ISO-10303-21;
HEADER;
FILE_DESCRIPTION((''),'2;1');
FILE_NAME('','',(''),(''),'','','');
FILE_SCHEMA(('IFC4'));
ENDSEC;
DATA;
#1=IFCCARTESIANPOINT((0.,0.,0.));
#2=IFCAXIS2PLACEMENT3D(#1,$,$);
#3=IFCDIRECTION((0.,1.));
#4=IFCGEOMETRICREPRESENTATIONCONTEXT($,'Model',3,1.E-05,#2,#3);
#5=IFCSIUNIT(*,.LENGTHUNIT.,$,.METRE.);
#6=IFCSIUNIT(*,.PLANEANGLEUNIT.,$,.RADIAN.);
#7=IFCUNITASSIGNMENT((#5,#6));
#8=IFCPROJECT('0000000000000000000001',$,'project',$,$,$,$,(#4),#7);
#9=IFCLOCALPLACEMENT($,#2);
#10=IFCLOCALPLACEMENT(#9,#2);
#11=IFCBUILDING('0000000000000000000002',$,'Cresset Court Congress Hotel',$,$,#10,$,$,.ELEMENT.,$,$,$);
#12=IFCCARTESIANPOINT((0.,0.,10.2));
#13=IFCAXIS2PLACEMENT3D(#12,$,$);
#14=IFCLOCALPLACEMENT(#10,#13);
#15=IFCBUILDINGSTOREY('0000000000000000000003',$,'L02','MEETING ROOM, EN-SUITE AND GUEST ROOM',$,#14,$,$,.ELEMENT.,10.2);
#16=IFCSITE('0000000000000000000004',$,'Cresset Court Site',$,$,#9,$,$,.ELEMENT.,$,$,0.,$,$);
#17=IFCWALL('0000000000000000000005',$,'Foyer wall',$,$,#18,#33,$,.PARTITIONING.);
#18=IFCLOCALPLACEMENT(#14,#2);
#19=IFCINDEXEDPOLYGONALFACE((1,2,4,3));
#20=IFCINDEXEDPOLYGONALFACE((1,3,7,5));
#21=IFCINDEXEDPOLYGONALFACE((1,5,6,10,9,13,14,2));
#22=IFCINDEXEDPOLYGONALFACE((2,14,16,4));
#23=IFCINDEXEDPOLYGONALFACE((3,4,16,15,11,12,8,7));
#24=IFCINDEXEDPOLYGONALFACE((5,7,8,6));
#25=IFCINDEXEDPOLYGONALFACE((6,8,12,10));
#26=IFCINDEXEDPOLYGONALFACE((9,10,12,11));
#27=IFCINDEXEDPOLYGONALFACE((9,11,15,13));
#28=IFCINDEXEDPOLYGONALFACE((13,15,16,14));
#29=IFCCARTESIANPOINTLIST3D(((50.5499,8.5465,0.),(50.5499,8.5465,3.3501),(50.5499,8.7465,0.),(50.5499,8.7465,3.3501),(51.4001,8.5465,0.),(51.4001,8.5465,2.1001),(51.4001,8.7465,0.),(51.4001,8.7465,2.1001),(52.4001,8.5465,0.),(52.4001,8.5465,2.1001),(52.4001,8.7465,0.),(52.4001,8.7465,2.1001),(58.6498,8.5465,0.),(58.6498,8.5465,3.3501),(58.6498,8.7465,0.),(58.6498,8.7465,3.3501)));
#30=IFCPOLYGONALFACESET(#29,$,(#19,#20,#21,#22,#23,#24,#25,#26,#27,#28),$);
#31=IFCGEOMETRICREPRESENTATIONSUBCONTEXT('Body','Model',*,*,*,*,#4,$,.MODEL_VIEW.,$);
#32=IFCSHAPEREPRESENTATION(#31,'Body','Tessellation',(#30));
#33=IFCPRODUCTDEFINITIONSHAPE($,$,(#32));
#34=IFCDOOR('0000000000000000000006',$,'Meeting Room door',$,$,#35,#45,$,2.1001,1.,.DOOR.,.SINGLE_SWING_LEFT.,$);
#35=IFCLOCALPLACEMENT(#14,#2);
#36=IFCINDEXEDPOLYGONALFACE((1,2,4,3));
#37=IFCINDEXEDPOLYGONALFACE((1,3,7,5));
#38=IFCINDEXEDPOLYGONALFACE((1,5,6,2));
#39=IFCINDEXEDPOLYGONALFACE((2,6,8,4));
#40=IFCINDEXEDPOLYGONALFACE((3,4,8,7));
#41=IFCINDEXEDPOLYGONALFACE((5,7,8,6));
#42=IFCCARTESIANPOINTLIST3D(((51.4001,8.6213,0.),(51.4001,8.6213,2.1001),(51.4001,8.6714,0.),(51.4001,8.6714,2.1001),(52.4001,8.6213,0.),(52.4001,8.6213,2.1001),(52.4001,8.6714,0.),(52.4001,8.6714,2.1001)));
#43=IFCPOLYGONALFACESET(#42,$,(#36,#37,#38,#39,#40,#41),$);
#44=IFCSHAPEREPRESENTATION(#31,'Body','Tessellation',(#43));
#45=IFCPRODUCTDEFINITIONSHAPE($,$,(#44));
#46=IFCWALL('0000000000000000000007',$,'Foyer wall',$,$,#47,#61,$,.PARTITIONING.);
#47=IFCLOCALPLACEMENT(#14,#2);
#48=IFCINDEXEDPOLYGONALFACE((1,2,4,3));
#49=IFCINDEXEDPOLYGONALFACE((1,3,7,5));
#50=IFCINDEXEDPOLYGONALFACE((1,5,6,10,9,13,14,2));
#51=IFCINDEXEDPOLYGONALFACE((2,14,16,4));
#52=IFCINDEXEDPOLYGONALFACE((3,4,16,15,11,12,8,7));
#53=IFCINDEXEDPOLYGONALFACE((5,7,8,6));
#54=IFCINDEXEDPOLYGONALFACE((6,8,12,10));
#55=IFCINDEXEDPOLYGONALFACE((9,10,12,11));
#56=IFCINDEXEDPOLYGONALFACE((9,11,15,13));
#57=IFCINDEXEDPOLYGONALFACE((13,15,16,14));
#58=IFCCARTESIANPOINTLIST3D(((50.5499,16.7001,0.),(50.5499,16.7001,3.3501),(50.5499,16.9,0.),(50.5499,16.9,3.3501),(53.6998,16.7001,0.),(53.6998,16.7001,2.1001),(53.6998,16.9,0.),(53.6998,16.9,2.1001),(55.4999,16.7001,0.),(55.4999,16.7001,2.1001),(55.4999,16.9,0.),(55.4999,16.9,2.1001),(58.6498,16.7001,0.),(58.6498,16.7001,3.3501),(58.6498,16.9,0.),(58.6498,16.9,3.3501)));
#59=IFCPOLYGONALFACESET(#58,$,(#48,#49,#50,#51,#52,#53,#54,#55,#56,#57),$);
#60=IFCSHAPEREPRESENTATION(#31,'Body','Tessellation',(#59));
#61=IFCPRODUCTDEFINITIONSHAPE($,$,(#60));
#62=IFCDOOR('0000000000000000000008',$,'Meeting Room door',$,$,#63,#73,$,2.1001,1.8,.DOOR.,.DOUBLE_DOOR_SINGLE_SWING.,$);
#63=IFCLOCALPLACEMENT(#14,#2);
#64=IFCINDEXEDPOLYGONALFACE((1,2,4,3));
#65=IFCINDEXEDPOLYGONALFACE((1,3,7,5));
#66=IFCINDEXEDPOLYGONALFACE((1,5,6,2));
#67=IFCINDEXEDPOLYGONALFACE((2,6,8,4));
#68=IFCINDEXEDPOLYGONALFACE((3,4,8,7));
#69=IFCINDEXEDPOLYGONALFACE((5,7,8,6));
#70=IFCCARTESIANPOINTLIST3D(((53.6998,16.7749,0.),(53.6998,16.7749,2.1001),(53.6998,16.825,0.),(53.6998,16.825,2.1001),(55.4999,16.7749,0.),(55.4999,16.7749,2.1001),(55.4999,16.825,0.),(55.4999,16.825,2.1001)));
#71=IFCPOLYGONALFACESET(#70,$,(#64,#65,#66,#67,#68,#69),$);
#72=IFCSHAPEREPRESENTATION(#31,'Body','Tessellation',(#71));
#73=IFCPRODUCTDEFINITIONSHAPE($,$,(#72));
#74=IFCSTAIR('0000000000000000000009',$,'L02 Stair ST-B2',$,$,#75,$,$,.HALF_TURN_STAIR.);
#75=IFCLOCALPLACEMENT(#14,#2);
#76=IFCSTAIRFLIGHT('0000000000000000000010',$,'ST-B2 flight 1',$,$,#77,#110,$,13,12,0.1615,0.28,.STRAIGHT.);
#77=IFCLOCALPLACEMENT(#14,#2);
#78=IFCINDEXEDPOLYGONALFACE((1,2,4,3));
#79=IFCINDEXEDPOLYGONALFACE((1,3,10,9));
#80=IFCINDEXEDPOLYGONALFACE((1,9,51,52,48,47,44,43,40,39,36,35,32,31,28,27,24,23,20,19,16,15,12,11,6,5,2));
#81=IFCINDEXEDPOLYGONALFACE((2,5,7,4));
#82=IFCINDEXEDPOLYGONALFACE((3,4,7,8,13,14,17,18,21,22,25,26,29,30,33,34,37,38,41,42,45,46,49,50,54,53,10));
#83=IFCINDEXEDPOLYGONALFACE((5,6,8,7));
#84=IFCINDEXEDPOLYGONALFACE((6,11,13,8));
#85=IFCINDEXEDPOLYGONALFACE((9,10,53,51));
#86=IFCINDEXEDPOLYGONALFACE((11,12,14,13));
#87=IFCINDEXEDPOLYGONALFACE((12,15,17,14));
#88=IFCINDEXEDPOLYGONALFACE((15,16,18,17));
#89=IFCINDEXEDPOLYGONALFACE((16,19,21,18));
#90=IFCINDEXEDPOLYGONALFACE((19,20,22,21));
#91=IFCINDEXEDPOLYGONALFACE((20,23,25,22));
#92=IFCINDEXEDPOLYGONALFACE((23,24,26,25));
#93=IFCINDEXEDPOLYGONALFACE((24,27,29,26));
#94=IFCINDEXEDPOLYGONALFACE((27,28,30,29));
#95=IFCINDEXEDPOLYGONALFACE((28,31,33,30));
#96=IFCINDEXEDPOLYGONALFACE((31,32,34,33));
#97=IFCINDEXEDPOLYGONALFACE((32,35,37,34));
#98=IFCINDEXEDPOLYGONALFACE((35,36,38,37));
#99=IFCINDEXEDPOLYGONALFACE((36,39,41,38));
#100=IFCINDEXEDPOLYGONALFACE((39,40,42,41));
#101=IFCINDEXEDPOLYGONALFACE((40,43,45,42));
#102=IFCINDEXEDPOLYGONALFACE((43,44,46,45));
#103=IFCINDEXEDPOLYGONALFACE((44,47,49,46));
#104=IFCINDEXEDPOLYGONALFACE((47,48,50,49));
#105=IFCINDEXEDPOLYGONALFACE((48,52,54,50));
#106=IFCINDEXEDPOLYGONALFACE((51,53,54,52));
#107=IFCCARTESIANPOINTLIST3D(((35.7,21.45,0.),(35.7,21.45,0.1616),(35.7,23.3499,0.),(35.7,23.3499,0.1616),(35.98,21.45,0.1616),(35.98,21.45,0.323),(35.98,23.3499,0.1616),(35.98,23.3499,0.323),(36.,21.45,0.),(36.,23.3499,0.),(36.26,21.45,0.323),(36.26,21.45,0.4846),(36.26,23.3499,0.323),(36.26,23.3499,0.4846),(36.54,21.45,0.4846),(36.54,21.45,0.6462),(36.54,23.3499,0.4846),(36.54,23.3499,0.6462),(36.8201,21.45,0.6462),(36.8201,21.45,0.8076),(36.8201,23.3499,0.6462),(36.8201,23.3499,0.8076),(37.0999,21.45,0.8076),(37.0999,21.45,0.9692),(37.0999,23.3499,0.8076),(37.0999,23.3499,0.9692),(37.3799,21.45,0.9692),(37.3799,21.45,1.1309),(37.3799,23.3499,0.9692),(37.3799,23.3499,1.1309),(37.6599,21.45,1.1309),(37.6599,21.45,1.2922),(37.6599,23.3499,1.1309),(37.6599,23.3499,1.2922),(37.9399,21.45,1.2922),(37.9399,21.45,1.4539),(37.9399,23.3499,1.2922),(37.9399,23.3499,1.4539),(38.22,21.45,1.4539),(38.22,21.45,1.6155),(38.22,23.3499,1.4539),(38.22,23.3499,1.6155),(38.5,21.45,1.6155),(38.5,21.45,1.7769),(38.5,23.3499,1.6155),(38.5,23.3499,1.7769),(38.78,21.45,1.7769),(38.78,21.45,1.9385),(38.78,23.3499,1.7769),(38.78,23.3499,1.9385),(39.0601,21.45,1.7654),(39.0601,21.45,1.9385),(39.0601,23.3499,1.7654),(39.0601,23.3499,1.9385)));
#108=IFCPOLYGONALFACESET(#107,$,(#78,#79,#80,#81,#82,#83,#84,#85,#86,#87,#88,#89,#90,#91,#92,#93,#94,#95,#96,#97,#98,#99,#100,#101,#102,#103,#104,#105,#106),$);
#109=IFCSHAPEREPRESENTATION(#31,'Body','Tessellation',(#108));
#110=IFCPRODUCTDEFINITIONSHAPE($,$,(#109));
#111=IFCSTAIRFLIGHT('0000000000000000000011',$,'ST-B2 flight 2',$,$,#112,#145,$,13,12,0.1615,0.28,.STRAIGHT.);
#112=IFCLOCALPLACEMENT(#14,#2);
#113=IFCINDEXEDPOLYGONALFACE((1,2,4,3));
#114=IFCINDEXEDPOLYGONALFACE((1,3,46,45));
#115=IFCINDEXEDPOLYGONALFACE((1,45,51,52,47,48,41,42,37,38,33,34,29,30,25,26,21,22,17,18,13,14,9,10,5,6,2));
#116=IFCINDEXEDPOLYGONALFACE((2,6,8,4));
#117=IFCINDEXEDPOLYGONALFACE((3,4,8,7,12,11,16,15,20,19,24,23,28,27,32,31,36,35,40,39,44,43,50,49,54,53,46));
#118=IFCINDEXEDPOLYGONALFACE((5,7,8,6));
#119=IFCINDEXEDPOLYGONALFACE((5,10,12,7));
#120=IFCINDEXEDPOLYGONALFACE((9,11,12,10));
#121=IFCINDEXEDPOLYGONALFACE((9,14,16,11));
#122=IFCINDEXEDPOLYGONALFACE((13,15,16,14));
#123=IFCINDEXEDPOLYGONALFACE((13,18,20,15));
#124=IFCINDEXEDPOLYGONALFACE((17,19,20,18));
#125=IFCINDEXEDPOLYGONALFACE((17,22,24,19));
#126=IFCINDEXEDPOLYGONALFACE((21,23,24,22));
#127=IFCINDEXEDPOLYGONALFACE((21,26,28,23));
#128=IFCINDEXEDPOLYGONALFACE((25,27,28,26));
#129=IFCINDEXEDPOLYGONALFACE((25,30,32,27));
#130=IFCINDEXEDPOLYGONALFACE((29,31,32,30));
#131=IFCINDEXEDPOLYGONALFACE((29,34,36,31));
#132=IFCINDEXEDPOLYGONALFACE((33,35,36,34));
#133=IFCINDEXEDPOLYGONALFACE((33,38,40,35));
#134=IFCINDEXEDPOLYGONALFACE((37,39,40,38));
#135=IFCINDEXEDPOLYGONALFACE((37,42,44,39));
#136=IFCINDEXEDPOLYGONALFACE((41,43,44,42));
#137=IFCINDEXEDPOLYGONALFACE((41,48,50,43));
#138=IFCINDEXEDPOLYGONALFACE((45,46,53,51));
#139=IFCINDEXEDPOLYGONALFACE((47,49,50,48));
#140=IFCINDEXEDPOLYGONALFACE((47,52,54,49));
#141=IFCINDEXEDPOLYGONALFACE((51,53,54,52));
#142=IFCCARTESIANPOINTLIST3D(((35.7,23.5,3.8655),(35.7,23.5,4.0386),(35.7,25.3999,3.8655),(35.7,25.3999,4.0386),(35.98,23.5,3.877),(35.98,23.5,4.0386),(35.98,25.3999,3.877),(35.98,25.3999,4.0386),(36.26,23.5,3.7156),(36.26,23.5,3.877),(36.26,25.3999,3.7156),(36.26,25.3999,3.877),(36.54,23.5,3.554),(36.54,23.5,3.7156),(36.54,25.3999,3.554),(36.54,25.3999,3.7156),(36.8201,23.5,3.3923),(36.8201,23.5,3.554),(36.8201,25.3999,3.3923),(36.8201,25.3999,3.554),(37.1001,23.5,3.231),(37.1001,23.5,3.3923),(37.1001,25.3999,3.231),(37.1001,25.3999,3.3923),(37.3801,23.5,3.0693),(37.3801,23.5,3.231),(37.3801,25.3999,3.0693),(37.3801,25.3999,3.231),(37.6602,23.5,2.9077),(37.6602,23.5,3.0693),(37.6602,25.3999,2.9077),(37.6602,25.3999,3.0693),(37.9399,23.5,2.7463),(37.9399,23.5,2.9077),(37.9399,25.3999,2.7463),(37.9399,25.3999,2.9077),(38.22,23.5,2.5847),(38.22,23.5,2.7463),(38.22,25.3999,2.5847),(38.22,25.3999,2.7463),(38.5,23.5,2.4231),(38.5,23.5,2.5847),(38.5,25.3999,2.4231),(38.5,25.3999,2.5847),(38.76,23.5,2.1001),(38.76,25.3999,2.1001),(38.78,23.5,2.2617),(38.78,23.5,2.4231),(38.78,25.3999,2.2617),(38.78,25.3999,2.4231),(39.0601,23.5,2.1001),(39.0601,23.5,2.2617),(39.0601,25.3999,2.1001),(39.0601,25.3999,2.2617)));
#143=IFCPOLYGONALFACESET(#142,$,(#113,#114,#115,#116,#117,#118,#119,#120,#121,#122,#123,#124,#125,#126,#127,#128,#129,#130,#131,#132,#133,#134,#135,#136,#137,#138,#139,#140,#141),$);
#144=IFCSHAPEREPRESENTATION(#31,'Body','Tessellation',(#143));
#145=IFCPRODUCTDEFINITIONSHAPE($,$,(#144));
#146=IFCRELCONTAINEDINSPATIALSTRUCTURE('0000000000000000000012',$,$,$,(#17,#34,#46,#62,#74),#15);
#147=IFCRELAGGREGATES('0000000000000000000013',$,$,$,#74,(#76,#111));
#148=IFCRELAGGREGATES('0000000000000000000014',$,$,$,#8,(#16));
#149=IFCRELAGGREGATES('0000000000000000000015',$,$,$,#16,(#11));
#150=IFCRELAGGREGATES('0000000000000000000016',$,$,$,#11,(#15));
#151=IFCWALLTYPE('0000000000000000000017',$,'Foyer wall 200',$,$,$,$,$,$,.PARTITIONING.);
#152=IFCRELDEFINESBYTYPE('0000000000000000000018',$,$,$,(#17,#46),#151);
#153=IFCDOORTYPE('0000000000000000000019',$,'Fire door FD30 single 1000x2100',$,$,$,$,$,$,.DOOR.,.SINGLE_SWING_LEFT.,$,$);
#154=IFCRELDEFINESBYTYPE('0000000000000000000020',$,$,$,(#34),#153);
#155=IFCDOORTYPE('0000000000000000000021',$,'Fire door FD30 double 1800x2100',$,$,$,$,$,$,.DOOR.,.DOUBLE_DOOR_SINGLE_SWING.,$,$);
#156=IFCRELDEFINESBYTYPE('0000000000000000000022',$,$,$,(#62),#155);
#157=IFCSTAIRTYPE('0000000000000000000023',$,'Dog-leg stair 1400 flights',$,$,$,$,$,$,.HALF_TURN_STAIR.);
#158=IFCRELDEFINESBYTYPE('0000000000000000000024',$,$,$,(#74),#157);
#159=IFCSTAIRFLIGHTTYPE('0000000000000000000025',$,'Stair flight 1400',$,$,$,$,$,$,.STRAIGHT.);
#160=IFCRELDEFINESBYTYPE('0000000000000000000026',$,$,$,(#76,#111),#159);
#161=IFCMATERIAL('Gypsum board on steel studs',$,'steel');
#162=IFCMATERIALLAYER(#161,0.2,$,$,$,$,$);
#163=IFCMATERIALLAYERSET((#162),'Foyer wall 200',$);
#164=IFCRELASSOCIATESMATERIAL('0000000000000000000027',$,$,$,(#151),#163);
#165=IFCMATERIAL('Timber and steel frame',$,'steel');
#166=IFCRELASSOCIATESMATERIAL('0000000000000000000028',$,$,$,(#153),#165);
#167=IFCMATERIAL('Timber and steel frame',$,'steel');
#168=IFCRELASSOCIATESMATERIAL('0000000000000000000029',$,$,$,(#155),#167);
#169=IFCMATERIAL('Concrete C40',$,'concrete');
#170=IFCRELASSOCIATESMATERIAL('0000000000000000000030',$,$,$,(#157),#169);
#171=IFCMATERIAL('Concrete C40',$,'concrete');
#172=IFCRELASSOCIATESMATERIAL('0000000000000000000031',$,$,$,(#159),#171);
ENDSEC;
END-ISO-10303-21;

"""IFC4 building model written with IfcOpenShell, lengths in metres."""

from ifc_helpers import new_model, si_unit, direction, frame, frame_2d, origin, place, context, subcontext, project, spatial, polyline, rectangle, outline, extrude, material, layer, layer_set, type_object, element, fill, aggregate, save


model = new_model("IFC4")

# Units and contexts
model_context = context("Model", 3, precision=1e-05, world=origin(), true_north=direction((0.0, 1.0)))
body_context = subcontext(model_context, "Body", "Model", "MODEL_VIEW")
ifc_project = project(units=[si_unit("LENGTHUNIT", "METRE"), si_unit("PLANEANGLEUNIT", "RADIAN")], contexts=[model_context])

# Site, building, storey
site_placement = place(None, origin())
site = spatial("IfcSite", under=ifc_project, at=site_placement, Name="Cresset Court Site", CompositionType="ELEMENT", RefElevation=0.0)
building_placement = place(site_placement, origin())
building = spatial("IfcBuilding", under=site, at=building_placement, Name="Cresset Court Congress Hotel", CompositionType="ELEMENT")
storey_placement = place(building_placement, frame((0.0, 0.0, 10.2)))
storey = spatial("IfcBuildingStorey", under=building, at=storey_placement, Name="L02", Description="MEETING ROOM, EN-SUITE AND GUEST ROOM", CompositionType="ELEMENT", Elevation=10.2)

# Walls, openings, doors
ifc_material_1 = material(Name="Gypsum board on steel studs", Category="steel")
ifc_layer_1 = layer(ifc_material_1, 0.2)
ifc_layer_set_1 = layer_set([ifc_layer_1], Name="Foyer wall 200")
wall_type_1 = type_object("IfcWallType", Name="Foyer wall 200", PredefinedType="PARTITIONING", material=ifc_layer_set_1)
wall_1_placement = place(storey_placement, frame((50.55, 8.6465, 0.0), z_axis=(0.0, 0.0, 1.0), x_axis=(1.0, 0.0, 0.0)))
wall_1 = element("IfcWall", 1, at=wall_1_placement, inside=storey, type_object=wall_type_1, Name="Foyer wall", PredefinedType="PARTITIONING", context=body_context, shape_type="SweptSolid", body=[
    extrude(rectangle(XDim=8.0999, YDim=0.2, at=frame_2d((4.0498, 0.0))), origin(), (0.0, 0.0, 1.0), 3.3501),
])
opening_1_placement = place(wall_1_placement, frame((0.8501, 0.0, 0.0)))
opening_1 = element("IfcOpeningElement", 2, at=opening_1_placement, cuts=wall_1, PredefinedType="OPENING", context=body_context, shape_type="SweptSolid", body=[
    extrude(rectangle(XDim=1.0, YDim=2.1001, at=frame_2d((0.5, 1.05))), frame((0.0, 0.1099, 0.0), z_axis=(0.0, -1.0, 0.0), x_axis=(1.0, 0.0, 0.0)), (0.0, 0.0, 1.0), 0.22),
])
ifc_material_2 = material(Name="Timber and steel frame", Category="steel")
door_type_1 = type_object("IfcDoorType", Name="Fire door FD30 single 1000x2100", OperationType="SINGLE_SWING_LEFT", PredefinedType="DOOR", material=ifc_material_2)
door_1_placement = place(opening_1_placement, origin())
door_1 = element("IfcDoor", 3, at=door_1_placement, inside=storey, type_object=door_type_1, Name="Meeting Room door", OperationType="SINGLE_SWING_LEFT", OverallHeight=2.1001, OverallWidth=1.0, PredefinedType="DOOR", context=body_context, shape_type="SweptSolid", body=[
    extrude(rectangle(XDim=1.0, YDim=2.1001, at=frame_2d((0.5, 1.05))), frame((0.0, 0.0249, 0.0), z_axis=(0.0, -1.0, 0.0), x_axis=(1.0, 0.0, 0.0)), (0.0, 0.0, 1.0), 0.05),
])
fill(opening_1, door_1)
wall_2_placement = place(storey_placement, frame((50.55, 16.8, 0.0), z_axis=(0.0, 0.0, 1.0), x_axis=(1.0, 0.0, 0.0)))
wall_2 = element("IfcWall", 4, at=wall_2_placement, inside=storey, type_object=wall_type_1, Name="Foyer wall", PredefinedType="PARTITIONING", context=body_context, shape_type="SweptSolid", body=[
    extrude(rectangle(XDim=8.0999, YDim=0.2, at=frame_2d((4.0498, 0.0))), origin(), (0.0, 0.0, 1.0), 3.3501),
])
opening_2_placement = place(wall_2_placement, frame((3.1499, 0.0, 0.0)))
opening_2 = element("IfcOpeningElement", 5, at=opening_2_placement, cuts=wall_2, PredefinedType="OPENING", context=body_context, shape_type="SweptSolid", body=[
    extrude(rectangle(XDim=1.8, YDim=2.1001, at=frame_2d((0.8999, 1.05))), frame((0.0, 0.1099, 0.0), z_axis=(0.0, -1.0, 0.0), x_axis=(1.0, 0.0, 0.0)), (0.0, 0.0, 1.0), 0.22),
])
ifc_material_3 = material(Name="Timber and steel frame", Category="steel")
door_type_2 = type_object("IfcDoorType", Name="Fire door FD30 double 1800x2100", OperationType="DOUBLE_DOOR_SINGLE_SWING", PredefinedType="DOOR", material=ifc_material_3)
door_2_placement = place(opening_2_placement, origin())
door_2 = element("IfcDoor", 6, at=door_2_placement, inside=storey, type_object=door_type_2, Name="Meeting Room door", OperationType="DOUBLE_DOOR_SINGLE_SWING", OverallHeight=2.1001, OverallWidth=1.8, PredefinedType="DOOR", context=body_context, shape_type="SweptSolid", body=[
    extrude(rectangle(XDim=1.8, YDim=2.1001, at=frame_2d((0.8999, 1.05))), frame((0.0, 0.0249, 0.0), z_axis=(0.0, -1.0, 0.0), x_axis=(1.0, 0.0, 0.0)), (0.0, 0.0, 1.0), 0.05),
])
fill(opening_2, door_2)

# Stair, stair flights
ifc_material_4 = material(Name="Concrete C40", Category="concrete")
stair_type = type_object("IfcStairType", Name="Dog-leg stair 1400 flights", PredefinedType="HALF_TURN_STAIR", material=ifc_material_4)
stair_placement = place(storey_placement, origin())
stair = element("IfcStair", 7, at=stair_placement, inside=storey, type_object=stair_type, Name="L02 Stair ST-B2", PredefinedType="HALF_TURN_STAIR")
ifc_material_5 = material(Name="Concrete C40", Category="concrete")
stair_flight_type = type_object("IfcStairFlightType", Name="Stair flight 1400", PredefinedType="STRAIGHT", material=ifc_material_5)
stair_flight_1_placement = place(storey_placement, frame((35.7, 22.3999, 0.0), z_axis=(0.0, 0.0, 1.0), x_axis=(1.0, 0.0, 0.0)))
stair_flight_1 = element("IfcStairFlight", 8, at=stair_flight_1_placement, type_object=stair_flight_type, Name="ST-B2 flight 1", NumberOfRisers=13, NumberOfTreads=12, PredefinedType="STRAIGHT", RiserHeight=0.1615, TreadLength=0.28, context=body_context, shape_type="SweptSolid", body=[
    extrude(outline(polyline([(0.0, 0.0), (0.0, 0.1616), (0.28, 0.1616), (0.28, 0.323), (0.5601, 0.323), (0.5601, 0.4846), (0.8401, 0.4846), (0.8401, 0.6462), (1.1201, 0.6462), (1.1201, 0.8076), (1.3999, 0.8076), (1.3999, 0.9692), (1.6799, 0.9692), (1.6799, 1.1309), (1.96, 1.1309), (1.96, 1.2922), (2.24, 1.2922), (2.24, 1.4539), (2.52, 1.4539), (2.52, 1.6155), (2.8, 1.6155), (2.8, 1.7769), (3.0801, 1.7769), (3.0801, 1.9385), (3.3601, 1.9385), (3.3601, 2.1001), (3.3601, 1.7654), (0.3, 0.0), (0.0, 0.0)])), frame((0.0, 0.95, 0.0), z_axis=(0.0, -1.0, 0.0), x_axis=(1.0, 0.0, 0.0)), (0.0, 0.0, 1.0), 1.8999),
])
stair_flight_2_placement = place(storey_placement, frame((39.0601, 24.45, 2.1001), z_axis=(0.0, 0.0, 1.0), x_axis=(-1.0, 0.0, 0.0)))
stair_flight_2 = element("IfcStairFlight", 9, at=stair_flight_2_placement, type_object=stair_flight_type, Name="ST-B2 flight 2", NumberOfRisers=13, NumberOfTreads=12, PredefinedType="STRAIGHT", RiserHeight=0.1615, TreadLength=0.28, context=body_context, shape_type="SweptSolid", body=[
    extrude(outline(polyline([(0.0, 0.0), (0.0, 0.1616), (0.28, 0.1616), (0.28, 0.323), (0.5601, 0.323), (0.5601, 0.4846), (0.8401, 0.4846), (0.8401, 0.6462), (1.1201, 0.6462), (1.1201, 0.8076), (1.3999, 0.8076), (1.3999, 0.9692), (1.6799, 0.9692), (1.6799, 1.1309), (1.96, 1.1309), (1.96, 1.2922), (2.24, 1.2922), (2.24, 1.4539), (2.52, 1.4539), (2.52, 1.6155), (2.8, 1.6155), (2.8, 1.7769), (3.0801, 1.7769), (3.0801, 1.9385), (3.3601, 1.9385), (3.3601, 2.1001), (3.3601, 1.7654), (0.3, 0.0), (0.0, 0.0)])), frame((0.0, 0.95, 0.0), z_axis=(0.0, -1.0, 0.0), x_axis=(1.0, 0.0, 0.0)), (0.0, 0.0, 1.0), 1.8999),
])
aggregate(stair, [stair_flight_1, stair_flight_2])

save(model, "model.ifc")
